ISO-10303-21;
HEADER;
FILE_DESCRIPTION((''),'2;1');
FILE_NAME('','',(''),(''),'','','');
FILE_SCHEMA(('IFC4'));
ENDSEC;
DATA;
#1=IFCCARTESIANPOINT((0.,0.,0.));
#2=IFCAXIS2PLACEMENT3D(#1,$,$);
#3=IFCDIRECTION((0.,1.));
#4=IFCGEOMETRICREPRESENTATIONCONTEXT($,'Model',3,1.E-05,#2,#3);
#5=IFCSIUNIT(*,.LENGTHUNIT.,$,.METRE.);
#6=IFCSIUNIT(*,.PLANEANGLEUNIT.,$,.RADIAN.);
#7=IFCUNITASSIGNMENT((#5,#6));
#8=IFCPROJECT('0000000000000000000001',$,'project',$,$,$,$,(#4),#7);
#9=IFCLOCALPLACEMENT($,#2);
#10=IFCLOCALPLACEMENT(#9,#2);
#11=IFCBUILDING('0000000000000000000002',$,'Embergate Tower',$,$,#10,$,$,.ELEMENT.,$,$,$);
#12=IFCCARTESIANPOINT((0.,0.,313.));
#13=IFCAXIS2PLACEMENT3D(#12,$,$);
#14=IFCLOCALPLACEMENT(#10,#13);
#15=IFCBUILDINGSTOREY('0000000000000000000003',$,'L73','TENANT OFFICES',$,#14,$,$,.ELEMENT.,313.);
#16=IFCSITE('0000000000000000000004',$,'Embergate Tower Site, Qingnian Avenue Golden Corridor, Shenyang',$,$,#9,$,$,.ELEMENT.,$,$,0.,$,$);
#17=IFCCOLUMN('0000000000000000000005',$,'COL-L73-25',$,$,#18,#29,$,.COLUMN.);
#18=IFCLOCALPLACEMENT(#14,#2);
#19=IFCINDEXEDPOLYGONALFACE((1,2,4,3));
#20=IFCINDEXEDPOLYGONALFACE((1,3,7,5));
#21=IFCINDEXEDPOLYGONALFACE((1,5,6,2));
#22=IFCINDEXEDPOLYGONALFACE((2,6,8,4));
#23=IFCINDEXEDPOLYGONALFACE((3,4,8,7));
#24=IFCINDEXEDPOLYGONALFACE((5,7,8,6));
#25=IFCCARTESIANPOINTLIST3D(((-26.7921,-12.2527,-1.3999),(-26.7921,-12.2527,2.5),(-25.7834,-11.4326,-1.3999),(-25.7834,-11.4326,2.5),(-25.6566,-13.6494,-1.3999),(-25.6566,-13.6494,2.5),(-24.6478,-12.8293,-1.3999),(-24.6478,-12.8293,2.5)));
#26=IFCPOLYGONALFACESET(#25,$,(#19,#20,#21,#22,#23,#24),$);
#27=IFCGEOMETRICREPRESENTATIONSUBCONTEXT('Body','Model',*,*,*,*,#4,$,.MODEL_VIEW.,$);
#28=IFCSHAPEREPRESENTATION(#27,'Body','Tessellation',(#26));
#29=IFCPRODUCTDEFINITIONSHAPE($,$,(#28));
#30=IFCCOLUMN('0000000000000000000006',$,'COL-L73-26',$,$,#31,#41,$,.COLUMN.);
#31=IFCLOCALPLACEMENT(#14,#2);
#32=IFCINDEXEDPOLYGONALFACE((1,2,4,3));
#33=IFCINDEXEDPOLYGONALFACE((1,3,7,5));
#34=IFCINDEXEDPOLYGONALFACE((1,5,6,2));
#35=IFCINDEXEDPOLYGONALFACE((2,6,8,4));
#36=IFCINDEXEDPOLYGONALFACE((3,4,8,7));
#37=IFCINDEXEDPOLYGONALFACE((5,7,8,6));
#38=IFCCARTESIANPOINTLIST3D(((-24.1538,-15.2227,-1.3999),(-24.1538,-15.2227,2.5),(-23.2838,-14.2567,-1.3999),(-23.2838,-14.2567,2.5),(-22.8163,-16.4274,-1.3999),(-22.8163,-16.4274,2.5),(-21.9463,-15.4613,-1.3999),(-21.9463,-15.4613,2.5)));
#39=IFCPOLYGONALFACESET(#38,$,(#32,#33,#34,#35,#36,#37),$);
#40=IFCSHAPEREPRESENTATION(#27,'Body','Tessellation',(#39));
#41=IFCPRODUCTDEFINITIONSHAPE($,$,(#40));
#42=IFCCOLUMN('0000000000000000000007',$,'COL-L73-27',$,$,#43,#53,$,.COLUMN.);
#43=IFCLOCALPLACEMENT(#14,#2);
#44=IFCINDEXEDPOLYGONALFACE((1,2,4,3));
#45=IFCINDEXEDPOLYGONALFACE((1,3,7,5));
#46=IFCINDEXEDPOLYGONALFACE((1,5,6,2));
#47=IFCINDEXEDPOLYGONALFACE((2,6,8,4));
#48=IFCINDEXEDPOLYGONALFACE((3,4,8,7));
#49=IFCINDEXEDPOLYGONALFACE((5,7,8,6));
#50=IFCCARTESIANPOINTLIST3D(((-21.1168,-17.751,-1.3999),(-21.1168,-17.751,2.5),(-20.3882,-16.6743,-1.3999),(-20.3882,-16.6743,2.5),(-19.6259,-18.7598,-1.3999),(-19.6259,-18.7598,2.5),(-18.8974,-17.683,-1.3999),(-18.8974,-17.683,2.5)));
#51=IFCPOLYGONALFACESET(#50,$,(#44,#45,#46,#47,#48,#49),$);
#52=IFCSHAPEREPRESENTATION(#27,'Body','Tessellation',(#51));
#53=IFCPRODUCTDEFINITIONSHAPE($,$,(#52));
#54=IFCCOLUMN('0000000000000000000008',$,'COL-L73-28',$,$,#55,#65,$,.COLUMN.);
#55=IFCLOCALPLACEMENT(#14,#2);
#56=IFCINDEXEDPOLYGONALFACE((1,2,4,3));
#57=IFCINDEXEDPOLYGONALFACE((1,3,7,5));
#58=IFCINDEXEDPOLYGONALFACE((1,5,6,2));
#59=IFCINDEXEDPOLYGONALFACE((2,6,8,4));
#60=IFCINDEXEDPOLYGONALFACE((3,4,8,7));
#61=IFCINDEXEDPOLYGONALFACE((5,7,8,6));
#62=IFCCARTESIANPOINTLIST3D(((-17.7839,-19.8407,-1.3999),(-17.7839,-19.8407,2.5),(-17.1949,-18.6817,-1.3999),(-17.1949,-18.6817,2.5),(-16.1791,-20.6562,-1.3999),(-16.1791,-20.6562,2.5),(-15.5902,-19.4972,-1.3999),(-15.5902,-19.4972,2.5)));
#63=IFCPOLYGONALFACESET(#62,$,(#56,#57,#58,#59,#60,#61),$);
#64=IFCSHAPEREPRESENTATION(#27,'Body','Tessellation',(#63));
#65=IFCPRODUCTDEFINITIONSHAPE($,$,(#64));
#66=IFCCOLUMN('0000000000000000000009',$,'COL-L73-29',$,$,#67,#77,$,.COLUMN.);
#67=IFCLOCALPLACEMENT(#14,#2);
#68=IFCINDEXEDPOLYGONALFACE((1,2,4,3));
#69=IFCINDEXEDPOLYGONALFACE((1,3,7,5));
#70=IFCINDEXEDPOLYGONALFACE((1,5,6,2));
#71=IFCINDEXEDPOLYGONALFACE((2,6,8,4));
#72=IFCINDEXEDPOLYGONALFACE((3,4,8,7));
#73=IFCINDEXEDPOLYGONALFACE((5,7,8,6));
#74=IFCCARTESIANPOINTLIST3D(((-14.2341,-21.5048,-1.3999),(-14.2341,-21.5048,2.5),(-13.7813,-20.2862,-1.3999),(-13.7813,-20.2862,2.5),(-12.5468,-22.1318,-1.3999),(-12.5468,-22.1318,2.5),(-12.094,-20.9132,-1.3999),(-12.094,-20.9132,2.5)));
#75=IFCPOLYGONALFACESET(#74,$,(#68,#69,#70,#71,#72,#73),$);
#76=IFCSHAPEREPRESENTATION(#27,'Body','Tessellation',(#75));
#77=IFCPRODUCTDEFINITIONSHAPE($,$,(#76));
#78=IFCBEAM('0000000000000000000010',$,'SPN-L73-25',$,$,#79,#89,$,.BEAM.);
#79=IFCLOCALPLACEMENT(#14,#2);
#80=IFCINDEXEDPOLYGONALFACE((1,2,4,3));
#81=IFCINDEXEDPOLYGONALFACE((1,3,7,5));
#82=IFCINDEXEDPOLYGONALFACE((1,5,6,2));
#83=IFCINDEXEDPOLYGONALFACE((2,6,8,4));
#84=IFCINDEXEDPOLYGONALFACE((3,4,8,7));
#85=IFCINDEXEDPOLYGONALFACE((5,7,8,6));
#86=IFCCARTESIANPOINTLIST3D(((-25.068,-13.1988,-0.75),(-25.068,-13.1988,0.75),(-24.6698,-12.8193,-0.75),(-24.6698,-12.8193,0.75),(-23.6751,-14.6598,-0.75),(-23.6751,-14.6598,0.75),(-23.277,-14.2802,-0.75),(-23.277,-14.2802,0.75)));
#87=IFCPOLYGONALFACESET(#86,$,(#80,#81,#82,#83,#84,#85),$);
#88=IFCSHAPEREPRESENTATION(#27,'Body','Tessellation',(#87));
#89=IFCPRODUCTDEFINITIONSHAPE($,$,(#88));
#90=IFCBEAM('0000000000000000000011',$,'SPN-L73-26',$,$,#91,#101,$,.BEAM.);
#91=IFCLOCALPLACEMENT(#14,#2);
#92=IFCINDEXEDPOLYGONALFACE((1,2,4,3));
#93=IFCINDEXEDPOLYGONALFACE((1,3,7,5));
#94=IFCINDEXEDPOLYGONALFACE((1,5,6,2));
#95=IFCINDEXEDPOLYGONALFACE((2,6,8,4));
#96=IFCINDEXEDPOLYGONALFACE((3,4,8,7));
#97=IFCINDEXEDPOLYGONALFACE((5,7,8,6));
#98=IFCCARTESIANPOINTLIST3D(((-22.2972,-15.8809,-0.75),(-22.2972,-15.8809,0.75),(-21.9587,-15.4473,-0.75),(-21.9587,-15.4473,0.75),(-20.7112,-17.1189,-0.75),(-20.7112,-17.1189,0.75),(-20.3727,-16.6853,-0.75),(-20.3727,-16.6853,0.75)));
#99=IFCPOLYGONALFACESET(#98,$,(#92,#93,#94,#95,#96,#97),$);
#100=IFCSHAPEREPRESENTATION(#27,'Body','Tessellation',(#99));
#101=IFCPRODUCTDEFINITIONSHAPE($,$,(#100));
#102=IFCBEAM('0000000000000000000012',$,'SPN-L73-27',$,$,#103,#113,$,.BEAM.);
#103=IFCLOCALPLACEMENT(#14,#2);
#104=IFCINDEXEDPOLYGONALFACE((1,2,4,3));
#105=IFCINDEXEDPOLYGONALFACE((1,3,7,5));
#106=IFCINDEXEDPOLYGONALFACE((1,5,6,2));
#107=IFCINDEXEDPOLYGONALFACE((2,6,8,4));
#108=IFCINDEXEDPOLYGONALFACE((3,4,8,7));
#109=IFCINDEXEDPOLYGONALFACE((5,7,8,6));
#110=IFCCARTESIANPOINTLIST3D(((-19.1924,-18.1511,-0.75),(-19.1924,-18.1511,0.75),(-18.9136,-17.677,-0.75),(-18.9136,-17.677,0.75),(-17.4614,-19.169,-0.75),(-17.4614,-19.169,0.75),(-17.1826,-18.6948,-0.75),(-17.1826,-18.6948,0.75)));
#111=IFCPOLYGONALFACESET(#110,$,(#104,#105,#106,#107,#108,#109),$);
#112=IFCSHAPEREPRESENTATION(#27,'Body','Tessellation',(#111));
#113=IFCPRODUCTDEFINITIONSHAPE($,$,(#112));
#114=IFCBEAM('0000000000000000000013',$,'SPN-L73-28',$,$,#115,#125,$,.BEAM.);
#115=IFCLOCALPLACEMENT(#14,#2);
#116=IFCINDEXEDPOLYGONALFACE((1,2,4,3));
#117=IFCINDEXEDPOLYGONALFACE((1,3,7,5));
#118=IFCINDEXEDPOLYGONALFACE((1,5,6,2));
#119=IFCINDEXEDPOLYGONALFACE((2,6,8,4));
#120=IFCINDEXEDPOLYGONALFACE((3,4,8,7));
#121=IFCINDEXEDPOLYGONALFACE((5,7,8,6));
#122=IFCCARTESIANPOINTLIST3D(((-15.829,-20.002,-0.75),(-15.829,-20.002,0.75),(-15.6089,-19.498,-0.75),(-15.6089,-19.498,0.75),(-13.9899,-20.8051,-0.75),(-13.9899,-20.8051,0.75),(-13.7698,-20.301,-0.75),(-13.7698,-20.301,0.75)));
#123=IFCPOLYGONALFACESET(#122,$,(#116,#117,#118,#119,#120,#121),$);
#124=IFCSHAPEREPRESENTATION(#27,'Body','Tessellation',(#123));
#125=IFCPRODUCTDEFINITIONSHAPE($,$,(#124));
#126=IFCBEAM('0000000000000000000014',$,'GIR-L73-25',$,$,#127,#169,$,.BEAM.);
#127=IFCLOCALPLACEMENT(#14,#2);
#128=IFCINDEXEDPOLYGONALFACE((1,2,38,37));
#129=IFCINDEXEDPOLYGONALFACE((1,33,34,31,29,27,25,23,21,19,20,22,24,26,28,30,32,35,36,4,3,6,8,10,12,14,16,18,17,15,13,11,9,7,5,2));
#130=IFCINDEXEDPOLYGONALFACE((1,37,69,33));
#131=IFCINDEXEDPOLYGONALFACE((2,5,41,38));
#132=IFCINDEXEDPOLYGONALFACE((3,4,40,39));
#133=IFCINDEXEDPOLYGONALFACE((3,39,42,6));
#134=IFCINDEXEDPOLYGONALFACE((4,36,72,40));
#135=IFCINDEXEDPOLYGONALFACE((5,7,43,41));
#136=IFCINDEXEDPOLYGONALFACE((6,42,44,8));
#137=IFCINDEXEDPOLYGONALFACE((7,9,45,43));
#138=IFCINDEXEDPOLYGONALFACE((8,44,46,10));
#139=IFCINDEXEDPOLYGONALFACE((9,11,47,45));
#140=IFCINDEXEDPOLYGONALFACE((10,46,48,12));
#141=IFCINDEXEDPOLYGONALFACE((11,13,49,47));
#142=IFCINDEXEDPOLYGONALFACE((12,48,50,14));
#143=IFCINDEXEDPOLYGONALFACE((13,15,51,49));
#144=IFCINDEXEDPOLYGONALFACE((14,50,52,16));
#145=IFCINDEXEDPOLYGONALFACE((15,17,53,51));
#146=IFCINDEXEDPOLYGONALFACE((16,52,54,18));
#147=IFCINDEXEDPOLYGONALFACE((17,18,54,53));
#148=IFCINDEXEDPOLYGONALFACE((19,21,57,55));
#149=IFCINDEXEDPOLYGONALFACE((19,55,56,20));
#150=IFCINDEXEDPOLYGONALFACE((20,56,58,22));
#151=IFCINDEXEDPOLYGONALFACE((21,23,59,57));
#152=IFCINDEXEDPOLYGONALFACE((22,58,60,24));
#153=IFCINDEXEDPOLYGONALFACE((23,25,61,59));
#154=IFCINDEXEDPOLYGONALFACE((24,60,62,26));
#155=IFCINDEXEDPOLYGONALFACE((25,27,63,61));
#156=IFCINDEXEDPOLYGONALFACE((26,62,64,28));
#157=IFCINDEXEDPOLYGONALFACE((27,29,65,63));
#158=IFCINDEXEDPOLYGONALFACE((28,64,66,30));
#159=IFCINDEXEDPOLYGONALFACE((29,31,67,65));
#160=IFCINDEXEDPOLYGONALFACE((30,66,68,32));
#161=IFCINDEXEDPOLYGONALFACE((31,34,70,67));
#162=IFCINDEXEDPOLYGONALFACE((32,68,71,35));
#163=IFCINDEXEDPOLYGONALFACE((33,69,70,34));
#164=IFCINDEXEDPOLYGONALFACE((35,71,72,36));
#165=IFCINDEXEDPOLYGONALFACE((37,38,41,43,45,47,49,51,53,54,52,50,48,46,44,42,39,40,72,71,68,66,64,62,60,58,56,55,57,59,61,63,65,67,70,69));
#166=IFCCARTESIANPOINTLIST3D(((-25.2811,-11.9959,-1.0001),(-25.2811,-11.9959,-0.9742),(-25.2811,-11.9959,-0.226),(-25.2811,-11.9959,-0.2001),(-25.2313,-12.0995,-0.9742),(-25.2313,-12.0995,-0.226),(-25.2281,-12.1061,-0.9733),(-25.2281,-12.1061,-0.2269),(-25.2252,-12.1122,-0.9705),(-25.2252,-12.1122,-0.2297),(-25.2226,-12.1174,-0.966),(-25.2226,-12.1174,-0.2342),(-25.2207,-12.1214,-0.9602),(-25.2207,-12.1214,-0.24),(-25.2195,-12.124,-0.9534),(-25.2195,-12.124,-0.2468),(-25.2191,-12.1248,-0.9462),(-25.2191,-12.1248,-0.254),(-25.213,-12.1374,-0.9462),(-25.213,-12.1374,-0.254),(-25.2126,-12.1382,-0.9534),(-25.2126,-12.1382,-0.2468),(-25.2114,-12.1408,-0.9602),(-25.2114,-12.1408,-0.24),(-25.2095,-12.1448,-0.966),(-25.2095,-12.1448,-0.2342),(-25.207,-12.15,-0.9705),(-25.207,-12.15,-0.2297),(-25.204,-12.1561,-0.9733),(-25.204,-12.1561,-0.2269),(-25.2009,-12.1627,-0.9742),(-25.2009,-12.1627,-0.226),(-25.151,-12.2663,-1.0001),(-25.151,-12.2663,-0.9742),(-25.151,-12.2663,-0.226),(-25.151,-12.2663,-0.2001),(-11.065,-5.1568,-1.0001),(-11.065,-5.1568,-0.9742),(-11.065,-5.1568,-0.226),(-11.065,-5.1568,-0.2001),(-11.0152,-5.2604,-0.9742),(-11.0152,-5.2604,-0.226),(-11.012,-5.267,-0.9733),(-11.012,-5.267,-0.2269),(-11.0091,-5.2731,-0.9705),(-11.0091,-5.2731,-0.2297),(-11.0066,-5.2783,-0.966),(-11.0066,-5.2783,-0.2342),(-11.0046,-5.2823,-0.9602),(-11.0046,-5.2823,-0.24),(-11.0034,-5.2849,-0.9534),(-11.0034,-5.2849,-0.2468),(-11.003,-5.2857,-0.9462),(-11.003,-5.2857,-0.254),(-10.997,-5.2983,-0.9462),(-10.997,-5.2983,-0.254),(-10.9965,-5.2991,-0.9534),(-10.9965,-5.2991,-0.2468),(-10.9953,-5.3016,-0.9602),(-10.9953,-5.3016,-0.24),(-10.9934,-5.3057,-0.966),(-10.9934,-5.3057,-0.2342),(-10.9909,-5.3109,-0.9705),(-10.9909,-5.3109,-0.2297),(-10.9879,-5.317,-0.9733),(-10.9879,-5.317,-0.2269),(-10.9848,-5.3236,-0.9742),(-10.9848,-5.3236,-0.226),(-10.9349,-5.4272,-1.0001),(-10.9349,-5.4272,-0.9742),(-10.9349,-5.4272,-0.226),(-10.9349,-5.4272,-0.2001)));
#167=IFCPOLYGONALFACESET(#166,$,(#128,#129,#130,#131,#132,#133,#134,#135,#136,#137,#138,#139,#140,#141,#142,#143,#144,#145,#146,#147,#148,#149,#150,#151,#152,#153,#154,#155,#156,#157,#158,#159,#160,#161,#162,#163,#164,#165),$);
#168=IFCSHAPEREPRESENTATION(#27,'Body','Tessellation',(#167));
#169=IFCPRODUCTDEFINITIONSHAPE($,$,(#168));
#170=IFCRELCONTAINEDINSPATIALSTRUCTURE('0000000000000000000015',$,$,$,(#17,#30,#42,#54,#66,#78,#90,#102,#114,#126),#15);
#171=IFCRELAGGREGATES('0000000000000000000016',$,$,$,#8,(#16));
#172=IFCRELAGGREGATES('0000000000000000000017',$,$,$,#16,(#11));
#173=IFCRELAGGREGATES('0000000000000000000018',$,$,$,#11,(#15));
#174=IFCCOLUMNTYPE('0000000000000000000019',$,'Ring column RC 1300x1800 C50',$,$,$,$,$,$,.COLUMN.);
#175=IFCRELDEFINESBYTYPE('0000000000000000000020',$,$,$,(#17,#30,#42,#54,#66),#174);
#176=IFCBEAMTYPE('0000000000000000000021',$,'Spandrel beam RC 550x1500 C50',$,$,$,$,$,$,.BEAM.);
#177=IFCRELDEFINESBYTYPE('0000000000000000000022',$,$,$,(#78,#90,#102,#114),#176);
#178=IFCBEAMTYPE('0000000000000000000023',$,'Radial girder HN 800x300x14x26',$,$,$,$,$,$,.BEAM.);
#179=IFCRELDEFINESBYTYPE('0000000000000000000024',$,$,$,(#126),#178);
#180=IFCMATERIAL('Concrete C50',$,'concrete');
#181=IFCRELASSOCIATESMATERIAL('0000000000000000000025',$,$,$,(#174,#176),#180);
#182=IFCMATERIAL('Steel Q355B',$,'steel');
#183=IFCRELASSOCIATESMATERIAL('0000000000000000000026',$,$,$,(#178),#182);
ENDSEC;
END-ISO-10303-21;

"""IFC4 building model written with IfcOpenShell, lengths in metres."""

from ifc_helpers import new_model, si_unit, direction, frame, origin, origin_2d, place, context, subcontext, project, spatial, rectangle, i_section, extrude, source, transform, mapped, material, material_profile, profile_set, type_object, element, save


model = new_model("IFC4")

# Units and contexts
model_context = context("Model", 3, precision=1e-05, world=origin(), true_north=direction((0.0, 1.0)))
body_context = subcontext(model_context, "Body", "Model", "MODEL_VIEW")
ifc_project = project(units=[si_unit("LENGTHUNIT", "METRE"), si_unit("PLANEANGLEUNIT", "RADIAN")], contexts=[model_context])

# Site, building, storey
site_placement = place(None, origin())
site = spatial("IfcSite", under=ifc_project, at=site_placement, Name="Embergate Tower Site, Qingnian Avenue Golden Corridor, Shenyang", CompositionType="ELEMENT", RefElevation=0.0)
building_placement = place(site_placement, origin())
building = spatial("IfcBuilding", under=site, at=building_placement, Name="Embergate Tower", CompositionType="ELEMENT")
storey_placement = place(building_placement, frame((0.0, 0.0, 313.0)))
storey = spatial("IfcBuildingStorey", under=building, at=storey_placement, Name="L73", Description="TENANT OFFICES", CompositionType="ELEMENT", Elevation=313.0)

# Columns
ifc_material_1 = material(Name="Concrete C50", Category="concrete")
ifc_material_profile_1 = material_profile(ifc_material_1, rectangle(XDim=1.3, YDim=1.8, at=origin_2d()), Name="RC 1300x1800")
ifc_profile_set_1 = profile_set([ifc_material_profile_1], Name="Concrete C50")
column_type = type_object("IfcColumnType", Name="Ring column RC 1300x1800 C50", PredefinedType="COLUMN", material=ifc_profile_set_1)
shared_shape_1 = source(origin(), body_context, "Body", "SweptSolid", [
    extrude(rectangle(XDim=1.3, YDim=1.8, at=origin_2d()), origin(), (0.0, 0.0, 1.0), 3.8999),
])
for number, where, z_axis, x_axis, name in (
    (1, (-25.72, -12.541, -1.3999), (0.0, 0.0, 1.0), (-0.775925, -0.630825, 0.0), "COL-L73-25"),
    (2, (-23.05, -15.342, -1.3999), (0.0, 0.0, 1.0), (-0.669221, -0.743063, 0.0), "COL-L73-26"),
    (3, (-20.0071, -17.717, -1.3999), (0.0, 0.0, 1.0), (-0.560393, -0.828227, 0.0), "COL-L73-27"),
    (4, (-16.687, -19.6689, -1.3999), (0.0, 0.0, 1.0), (-0.453011, -0.891505, 0.0), "COL-L73-28"),
    (5, (-13.1641, -21.209, -1.3999), (0.0, 0.0, 1.0), (-0.348343, -0.937367, 0.0), "COL-L73-29"),
):
    element("IfcColumn", number, at=place(storey_placement, frame(where, z_axis=z_axis, x_axis=x_axis)), inside=storey, type_object=column_type, Name=name, PredefinedType="COLUMN", context=body_context, shape_type="MappedRepresentation", body=[
        mapped(shared_shape_1, transform((0.0, 0.0, 0.0))),
    ])

# Beams
ifc_material_profile_2 = material_profile(ifc_material_1, rectangle(XDim=0.55, YDim=1.5, at=origin_2d()), Name="RC 550x1500")
ifc_profile_set_2 = profile_set([ifc_material_profile_2], Name="Concrete C50")
beam_type_1 = type_object("IfcBeamType", Name="Spandrel beam RC 550x1500 C50", PredefinedType="BEAM", material=ifc_profile_set_2)
shared_shape_2 = source(origin(), body_context, "Body", "SweptSolid", [
    extrude(rectangle(XDim=0.55, YDim=1.5, at=origin_2d()), origin(), (0.0, 0.0, 1.0), 2.0186),
])
beam_1_placement = place(storey_placement, frame((-24.8689, -13.009, 0.0), z_axis=(0.690033, -0.723778, 0.0), x_axis=(0.723778, 0.690033, 0.0)))
element("IfcBeam", 6, at=beam_1_placement, inside=storey, type_object=beam_type_1, Name="SPN-L73-25", PredefinedType="BEAM", context=body_context, shape_type="MappedRepresentation", body=[
    mapped(shared_shape_2, transform((0.0, 0.0, 0.0))),
])
shared_shape_3 = source(origin(), body_context, "Body", "SweptSolid", [
    extrude(rectangle(XDim=0.55, YDim=1.5, at=origin_2d()), origin(), (0.0, 0.0, 1.0), 2.012),
])
beam_2_placement = place(storey_placement, frame((-22.1279, -15.6641, 0.0), z_axis=(0.78826, -0.615343, 0.0), x_axis=(0.615343, 0.78826, 0.0)))
element("IfcBeam", 7, at=beam_2_placement, inside=storey, type_object=beam_type_1, Name="SPN-L73-26", PredefinedType="BEAM", context=body_context, shape_type="MappedRepresentation", body=[
    mapped(shared_shape_3, transform((0.0, 0.0, 0.0))),
])
shared_shape_4 = source(origin(), body_context, "Body", "SweptSolid", [
    extrude(rectangle(XDim=0.55, YDim=1.5, at=origin_2d()), origin(), (0.0, 0.0, 1.0), 2.0081),
])
beam_3_placement = place(storey_placement, frame((-19.053, -17.9141, 0.0), z_axis=(0.862019, -0.506877, 0.0), x_axis=(0.506877, 0.862019, 0.0)))
element("IfcBeam", 8, at=beam_3_placement, inside=storey, type_object=beam_type_1, Name="SPN-L73-27", PredefinedType="BEAM", context=body_context, shape_type="MappedRepresentation", body=[
    mapped(shared_shape_4, transform((0.0, 0.0, 0.0))),
])
shared_shape_5 = source(origin(), body_context, "Body", "SweptSolid", [
    extrude(rectangle(XDim=0.55, YDim=1.5, at=origin_2d()), origin(), (0.0, 0.0, 1.0), 2.0068),
])
beam_4_placement = place(storey_placement, frame((-15.719, -19.75, 0.0), z_axis=(0.916456, -0.400136, 0.0), x_axis=(0.400136, 0.916456, 0.0)))
element("IfcBeam", 9, at=beam_4_placement, inside=storey, type_object=beam_type_1, Name="SPN-L73-28", PredefinedType="BEAM", context=body_context, shape_type="MappedRepresentation", body=[
    mapped(shared_shape_5, transform((0.0, 0.0, 0.0))),
])
ifc_material_2 = material(Name="Steel Q355B", Category="steel")
ifc_material_profile_3 = material_profile(ifc_material_2, i_section(OverallWidth=0.3, OverallDepth=0.8, WebThickness=0.0139, FlangeThickness=0.0259, FilletRadius=0.0281, at=origin_2d()), Name="HN 800x300x14x26")
ifc_profile_set_3 = profile_set([ifc_material_profile_3], Name="Steel Q355 grade B")
beam_type_2 = type_object("IfcBeamType", Name="Radial girder HN 800x300x14x26", PredefinedType="BEAM", material=ifc_profile_set_3)
shared_shape_6 = source(origin(), body_context, "Body", "SweptSolid", [
    extrude(i_section(OverallWidth=0.3, OverallDepth=0.8, WebThickness=0.0139, FlangeThickness=0.0259, FilletRadius=0.0281, at=origin_2d()), origin(), (0.0, 0.0, 1.0), 15.7756),
])
beam_5_placement = place(storey_placement, frame((-25.2161, -12.1311, -0.6001), z_axis=(0.901142, 0.433524, 0.0), x_axis=(-0.433524, 0.901142, 0.0)))
element("IfcBeam", 10, at=beam_5_placement, inside=storey, type_object=beam_type_2, Name="GIR-L73-25", PredefinedType="BEAM", context=body_context, shape_type="MappedRepresentation", body=[
    mapped(shared_shape_6, transform((0.0, 0.0, 0.0))),
])

save(model, "model.ifc")
